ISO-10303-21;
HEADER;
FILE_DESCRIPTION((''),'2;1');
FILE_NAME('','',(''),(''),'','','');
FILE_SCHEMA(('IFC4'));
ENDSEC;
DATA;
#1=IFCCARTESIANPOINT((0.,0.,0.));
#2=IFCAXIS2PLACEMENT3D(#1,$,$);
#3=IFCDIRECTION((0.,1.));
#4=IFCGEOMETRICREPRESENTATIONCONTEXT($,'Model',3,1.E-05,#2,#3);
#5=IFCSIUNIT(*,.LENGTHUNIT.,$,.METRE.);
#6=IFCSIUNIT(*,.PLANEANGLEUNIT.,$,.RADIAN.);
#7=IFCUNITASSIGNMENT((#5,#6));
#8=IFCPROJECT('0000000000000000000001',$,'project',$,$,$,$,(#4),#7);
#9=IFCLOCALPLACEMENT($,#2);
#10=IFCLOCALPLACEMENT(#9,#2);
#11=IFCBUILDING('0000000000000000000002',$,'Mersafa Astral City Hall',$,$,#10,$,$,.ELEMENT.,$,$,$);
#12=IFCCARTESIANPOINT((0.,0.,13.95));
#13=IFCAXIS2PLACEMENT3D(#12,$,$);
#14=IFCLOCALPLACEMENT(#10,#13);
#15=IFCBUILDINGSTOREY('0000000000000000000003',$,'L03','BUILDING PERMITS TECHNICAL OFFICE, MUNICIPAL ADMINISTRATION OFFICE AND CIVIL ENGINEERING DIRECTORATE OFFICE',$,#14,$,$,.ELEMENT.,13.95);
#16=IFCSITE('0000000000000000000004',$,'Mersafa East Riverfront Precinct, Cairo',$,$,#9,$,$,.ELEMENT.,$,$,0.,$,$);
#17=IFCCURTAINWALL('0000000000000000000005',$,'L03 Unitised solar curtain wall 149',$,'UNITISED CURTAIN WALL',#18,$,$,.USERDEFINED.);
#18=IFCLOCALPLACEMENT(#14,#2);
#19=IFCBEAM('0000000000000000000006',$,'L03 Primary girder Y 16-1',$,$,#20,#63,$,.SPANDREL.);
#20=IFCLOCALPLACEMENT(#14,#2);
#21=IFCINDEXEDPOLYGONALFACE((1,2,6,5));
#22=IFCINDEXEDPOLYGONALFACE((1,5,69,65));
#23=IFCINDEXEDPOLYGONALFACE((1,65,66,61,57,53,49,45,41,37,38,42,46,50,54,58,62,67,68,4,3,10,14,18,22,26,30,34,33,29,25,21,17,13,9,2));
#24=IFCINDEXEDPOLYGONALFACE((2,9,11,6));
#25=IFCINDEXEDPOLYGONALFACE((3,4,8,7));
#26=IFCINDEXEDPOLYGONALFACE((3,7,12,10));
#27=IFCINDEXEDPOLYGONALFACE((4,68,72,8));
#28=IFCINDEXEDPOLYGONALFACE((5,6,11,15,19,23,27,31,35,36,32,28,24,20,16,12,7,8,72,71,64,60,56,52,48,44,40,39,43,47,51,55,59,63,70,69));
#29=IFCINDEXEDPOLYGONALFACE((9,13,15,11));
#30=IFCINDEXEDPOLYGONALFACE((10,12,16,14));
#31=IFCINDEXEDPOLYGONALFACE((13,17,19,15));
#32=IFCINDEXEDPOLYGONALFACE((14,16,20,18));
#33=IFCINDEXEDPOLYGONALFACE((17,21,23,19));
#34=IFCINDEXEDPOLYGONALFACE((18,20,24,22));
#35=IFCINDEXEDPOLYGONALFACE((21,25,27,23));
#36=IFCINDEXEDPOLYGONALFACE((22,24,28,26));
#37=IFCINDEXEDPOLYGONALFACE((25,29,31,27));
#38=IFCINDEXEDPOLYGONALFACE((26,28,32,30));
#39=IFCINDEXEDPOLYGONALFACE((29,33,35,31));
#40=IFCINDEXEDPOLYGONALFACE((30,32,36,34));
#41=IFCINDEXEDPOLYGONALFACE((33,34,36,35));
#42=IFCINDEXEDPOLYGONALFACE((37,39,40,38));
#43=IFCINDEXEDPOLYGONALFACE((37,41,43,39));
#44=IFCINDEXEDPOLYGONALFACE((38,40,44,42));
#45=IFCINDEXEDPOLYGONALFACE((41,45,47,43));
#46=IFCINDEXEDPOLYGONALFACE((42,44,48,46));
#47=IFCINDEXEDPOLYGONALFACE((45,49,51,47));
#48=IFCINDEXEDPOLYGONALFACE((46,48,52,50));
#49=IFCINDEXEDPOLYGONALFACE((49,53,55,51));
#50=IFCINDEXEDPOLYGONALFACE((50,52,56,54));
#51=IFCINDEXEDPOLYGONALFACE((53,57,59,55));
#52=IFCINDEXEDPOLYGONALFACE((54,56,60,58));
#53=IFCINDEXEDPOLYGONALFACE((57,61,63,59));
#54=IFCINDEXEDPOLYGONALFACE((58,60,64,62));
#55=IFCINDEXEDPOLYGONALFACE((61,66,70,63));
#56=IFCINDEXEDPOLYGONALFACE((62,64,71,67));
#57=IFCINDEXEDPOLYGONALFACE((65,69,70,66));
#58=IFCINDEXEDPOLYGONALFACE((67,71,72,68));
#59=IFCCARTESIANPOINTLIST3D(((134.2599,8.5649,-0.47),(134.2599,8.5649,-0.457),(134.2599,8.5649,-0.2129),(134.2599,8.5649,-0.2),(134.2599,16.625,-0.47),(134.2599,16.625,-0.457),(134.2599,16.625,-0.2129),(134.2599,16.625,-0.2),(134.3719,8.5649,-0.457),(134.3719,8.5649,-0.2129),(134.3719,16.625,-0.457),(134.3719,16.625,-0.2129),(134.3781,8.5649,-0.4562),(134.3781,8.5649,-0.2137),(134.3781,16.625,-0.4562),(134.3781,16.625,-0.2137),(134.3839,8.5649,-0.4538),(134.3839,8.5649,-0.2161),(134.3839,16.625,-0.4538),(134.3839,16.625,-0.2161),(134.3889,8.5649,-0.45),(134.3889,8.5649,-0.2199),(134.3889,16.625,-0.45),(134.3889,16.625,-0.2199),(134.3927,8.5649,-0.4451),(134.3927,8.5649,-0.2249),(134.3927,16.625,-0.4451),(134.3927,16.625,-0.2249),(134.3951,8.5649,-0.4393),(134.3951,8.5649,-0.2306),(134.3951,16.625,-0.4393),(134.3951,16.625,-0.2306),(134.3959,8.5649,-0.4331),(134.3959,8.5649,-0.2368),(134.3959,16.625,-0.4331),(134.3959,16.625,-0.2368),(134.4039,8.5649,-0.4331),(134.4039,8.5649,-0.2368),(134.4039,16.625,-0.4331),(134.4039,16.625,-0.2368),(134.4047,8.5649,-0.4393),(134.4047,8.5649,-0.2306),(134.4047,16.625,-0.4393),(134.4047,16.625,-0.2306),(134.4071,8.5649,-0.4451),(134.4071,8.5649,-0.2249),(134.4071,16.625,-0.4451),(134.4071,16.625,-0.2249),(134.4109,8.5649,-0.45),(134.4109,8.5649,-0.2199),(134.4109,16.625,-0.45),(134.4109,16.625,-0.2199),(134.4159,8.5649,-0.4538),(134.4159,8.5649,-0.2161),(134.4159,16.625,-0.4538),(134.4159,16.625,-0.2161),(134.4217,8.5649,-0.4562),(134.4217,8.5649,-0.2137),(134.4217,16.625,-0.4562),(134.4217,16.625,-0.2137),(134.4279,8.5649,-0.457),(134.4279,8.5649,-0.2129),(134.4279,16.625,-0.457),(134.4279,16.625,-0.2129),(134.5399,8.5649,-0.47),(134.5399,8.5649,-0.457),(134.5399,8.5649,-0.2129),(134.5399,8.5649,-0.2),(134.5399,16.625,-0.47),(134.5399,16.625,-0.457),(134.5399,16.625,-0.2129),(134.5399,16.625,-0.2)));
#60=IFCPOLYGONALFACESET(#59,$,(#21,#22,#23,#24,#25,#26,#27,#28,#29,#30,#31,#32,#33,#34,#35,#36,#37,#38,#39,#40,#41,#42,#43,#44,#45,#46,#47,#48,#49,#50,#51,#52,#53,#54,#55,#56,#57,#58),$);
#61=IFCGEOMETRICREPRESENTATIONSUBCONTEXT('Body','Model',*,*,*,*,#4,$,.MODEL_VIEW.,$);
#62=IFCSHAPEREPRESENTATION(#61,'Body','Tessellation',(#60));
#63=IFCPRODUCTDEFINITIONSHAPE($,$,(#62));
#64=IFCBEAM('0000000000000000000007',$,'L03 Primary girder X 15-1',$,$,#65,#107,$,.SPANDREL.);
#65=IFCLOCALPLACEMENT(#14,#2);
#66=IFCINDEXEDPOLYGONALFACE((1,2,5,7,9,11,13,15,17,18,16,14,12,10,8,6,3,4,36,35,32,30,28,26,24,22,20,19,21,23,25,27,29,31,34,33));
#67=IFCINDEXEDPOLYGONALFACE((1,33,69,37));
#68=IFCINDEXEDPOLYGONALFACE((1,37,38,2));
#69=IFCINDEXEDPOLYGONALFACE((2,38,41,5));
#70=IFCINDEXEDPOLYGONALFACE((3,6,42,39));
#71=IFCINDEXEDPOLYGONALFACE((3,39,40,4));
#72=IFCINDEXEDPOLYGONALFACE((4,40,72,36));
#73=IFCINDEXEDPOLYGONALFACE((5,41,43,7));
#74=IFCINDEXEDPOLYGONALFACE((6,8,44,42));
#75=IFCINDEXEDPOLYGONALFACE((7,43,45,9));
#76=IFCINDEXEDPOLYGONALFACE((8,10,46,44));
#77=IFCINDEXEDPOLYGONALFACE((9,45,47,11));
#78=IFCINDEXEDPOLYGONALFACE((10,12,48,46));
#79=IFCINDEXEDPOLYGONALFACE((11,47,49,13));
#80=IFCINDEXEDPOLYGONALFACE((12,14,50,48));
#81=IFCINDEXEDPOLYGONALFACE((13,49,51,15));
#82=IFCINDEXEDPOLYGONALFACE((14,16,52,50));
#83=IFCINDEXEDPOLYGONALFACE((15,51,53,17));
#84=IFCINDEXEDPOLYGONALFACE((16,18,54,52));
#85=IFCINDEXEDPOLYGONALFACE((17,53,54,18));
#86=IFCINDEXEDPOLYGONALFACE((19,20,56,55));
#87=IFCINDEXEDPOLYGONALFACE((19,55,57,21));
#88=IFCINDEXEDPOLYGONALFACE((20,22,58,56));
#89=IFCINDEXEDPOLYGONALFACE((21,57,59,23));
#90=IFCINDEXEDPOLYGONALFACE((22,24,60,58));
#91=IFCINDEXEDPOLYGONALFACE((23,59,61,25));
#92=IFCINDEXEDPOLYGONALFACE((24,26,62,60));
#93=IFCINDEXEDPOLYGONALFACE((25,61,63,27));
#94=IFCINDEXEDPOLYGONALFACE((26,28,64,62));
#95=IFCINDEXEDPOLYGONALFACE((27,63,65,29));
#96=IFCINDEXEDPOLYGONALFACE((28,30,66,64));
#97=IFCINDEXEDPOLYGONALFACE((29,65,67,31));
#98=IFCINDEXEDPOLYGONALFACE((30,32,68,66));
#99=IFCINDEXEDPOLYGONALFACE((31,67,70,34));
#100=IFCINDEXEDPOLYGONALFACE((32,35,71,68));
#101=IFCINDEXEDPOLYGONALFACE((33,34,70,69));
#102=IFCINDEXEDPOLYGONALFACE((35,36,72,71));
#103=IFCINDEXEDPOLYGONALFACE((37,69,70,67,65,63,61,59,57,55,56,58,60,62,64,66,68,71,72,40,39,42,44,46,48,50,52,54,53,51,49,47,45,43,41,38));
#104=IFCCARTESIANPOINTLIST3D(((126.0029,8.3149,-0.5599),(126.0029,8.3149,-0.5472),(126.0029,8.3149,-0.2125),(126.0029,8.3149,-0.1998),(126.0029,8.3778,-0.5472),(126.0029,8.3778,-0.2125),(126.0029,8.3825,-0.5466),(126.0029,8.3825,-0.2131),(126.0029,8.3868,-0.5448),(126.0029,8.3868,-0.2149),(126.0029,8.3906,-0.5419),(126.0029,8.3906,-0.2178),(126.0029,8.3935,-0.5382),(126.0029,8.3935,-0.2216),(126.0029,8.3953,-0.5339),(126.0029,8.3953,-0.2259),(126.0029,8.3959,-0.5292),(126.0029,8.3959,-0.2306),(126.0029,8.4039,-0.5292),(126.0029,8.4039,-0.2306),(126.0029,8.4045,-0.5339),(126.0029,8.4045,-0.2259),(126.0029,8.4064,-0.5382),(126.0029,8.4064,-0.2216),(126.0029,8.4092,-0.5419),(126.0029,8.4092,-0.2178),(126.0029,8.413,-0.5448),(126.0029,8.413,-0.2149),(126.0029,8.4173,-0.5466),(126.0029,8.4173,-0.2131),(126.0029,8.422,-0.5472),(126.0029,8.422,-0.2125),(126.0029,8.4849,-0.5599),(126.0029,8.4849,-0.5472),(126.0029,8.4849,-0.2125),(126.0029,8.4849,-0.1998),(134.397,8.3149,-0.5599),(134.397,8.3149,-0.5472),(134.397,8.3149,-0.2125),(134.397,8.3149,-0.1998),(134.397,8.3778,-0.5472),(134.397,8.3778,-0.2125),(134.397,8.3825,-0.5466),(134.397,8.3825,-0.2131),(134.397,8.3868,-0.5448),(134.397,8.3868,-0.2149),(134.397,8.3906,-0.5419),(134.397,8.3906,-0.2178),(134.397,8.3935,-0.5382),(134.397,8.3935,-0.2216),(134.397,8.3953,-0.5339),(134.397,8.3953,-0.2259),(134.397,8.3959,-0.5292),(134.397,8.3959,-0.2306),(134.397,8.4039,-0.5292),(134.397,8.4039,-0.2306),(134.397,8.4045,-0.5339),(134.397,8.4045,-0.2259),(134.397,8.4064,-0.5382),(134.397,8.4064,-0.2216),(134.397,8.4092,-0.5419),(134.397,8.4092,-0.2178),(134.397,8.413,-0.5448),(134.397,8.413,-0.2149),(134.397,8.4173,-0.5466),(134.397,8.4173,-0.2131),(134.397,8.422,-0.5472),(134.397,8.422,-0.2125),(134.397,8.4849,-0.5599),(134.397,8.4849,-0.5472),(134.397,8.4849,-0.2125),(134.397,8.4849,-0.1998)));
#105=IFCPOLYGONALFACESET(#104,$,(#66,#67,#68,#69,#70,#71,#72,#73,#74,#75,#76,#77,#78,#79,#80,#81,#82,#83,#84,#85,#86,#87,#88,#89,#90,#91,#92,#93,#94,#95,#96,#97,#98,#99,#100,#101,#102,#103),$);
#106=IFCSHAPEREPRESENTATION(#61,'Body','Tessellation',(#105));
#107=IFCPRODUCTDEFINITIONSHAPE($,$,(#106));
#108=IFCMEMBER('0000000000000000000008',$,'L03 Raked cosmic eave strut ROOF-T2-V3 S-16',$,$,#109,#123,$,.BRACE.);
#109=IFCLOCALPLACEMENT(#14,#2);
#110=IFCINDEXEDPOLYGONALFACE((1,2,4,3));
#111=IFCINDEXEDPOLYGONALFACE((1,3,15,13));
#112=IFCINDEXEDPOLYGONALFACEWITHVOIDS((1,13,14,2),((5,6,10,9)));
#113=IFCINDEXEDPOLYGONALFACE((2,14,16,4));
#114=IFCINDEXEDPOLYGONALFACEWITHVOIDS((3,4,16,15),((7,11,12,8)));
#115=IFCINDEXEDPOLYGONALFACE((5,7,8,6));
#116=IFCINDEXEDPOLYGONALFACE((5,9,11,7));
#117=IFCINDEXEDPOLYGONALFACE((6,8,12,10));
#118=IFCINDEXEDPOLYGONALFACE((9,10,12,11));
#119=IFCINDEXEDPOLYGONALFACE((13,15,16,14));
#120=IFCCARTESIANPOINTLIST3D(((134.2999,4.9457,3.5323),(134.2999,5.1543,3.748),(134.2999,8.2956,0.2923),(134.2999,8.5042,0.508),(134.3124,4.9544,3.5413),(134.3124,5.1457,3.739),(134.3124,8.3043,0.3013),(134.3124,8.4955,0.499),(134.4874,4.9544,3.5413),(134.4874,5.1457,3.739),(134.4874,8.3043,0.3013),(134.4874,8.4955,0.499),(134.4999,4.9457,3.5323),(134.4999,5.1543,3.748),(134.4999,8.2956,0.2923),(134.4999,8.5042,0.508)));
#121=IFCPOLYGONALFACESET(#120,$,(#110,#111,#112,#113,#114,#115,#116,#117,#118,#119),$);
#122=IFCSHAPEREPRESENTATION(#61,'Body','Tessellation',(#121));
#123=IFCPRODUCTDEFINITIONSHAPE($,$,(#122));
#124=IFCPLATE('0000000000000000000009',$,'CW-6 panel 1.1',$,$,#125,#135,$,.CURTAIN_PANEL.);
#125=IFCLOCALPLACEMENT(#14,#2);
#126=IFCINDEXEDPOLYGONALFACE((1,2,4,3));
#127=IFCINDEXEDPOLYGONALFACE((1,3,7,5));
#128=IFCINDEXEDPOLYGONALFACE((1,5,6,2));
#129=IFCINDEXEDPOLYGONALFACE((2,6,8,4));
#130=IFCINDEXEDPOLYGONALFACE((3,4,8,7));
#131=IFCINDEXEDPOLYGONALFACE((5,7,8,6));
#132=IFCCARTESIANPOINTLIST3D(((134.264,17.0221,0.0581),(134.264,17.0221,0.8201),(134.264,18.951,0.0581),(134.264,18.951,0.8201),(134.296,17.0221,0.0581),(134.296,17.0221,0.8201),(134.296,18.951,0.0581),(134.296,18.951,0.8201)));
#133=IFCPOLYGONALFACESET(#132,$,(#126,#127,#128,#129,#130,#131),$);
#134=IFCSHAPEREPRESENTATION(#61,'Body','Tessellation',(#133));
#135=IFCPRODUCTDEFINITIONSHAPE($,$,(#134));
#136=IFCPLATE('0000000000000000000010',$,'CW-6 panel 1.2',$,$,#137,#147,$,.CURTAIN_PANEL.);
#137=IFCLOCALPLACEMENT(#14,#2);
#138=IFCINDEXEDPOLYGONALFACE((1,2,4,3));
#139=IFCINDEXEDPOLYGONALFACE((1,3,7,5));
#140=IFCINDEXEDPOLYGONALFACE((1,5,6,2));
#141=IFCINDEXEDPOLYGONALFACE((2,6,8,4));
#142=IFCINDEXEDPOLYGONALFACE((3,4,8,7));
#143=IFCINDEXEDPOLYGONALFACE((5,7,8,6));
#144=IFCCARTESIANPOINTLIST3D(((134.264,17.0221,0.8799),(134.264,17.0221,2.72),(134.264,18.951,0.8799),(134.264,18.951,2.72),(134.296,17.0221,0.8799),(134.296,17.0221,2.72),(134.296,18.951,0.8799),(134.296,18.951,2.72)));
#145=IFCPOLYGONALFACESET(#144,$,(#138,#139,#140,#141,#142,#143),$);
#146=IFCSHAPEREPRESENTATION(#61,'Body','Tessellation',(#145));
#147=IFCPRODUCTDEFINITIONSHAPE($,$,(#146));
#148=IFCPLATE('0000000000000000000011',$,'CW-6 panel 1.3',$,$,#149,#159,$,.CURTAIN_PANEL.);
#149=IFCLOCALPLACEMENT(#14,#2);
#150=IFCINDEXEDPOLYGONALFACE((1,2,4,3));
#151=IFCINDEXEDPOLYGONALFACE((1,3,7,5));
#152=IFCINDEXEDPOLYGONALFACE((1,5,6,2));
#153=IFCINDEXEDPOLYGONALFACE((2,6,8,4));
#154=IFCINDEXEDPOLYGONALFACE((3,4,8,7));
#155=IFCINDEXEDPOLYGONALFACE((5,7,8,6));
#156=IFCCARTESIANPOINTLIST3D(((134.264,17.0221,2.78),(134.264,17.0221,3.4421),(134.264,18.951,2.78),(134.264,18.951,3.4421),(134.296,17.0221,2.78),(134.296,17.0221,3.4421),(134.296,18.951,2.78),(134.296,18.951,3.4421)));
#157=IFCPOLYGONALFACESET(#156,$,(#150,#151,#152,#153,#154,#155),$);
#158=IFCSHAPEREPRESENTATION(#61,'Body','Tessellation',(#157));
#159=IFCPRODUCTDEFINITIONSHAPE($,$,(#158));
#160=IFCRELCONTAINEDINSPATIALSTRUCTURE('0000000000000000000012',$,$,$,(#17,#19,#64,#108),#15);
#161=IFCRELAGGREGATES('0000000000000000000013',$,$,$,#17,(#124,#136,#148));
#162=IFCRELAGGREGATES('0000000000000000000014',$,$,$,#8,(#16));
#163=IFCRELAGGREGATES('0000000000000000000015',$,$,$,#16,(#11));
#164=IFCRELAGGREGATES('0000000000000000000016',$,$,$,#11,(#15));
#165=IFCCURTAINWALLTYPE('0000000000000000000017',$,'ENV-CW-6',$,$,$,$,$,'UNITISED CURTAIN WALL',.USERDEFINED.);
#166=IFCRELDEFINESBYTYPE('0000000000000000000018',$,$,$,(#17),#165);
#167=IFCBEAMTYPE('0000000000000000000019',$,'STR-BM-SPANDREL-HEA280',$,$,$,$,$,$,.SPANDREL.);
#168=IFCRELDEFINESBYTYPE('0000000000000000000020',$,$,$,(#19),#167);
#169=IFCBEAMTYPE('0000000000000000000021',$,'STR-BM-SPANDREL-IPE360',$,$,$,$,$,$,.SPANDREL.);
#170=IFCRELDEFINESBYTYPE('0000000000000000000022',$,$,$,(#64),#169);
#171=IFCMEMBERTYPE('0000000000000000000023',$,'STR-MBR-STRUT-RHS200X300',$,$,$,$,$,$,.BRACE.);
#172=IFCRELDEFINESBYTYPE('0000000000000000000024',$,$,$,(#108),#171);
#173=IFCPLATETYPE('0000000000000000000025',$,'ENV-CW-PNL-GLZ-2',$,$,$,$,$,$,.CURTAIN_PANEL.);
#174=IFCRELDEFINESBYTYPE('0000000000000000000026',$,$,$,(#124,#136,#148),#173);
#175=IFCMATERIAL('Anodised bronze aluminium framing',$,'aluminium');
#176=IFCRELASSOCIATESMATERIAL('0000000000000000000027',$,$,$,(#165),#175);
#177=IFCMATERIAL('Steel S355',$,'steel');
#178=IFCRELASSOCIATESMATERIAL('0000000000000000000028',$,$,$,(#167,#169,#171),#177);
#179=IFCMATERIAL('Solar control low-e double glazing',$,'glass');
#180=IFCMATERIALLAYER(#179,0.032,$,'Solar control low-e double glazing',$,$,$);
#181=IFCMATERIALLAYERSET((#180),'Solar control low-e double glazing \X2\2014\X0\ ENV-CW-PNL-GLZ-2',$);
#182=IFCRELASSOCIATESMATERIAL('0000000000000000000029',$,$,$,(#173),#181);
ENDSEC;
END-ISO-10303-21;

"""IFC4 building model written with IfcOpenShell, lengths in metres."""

from ifc_helpers import new_model, si_unit, direction, frame, origin, origin_2d, place, context, subcontext, project, spatial, rectangle, hollow_rectangle, i_section, extrude, material, layer, layer_set, material_profile, profile_set, type_object, element, aggregate, save


model = new_model("IFC4")

# Units and contexts
model_context = context("Model", 3, precision=1e-05, world=origin(), true_north=direction((0.0, 1.0)))
body_context = subcontext(model_context, "Body", "Model", "MODEL_VIEW")
ifc_project = project(units=[si_unit("LENGTHUNIT", "METRE"), si_unit("PLANEANGLEUNIT", "RADIAN")], contexts=[model_context])

# Site, building, storey
site_placement = place(None, origin())
site = spatial("IfcSite", under=ifc_project, at=site_placement, Name="Mersafa East Riverfront Precinct, Cairo", CompositionType="ELEMENT", RefElevation=0.0)
building_placement = place(site_placement, origin())
building = spatial("IfcBuilding", under=site, at=building_placement, Name="Mersafa Astral City Hall", CompositionType="ELEMENT")
storey_placement = place(building_placement, frame((0.0, 0.0, 13.95)))
storey = spatial("IfcBuildingStorey", under=building, at=storey_placement, Name="L03", Description="BUILDING PERMITS TECHNICAL OFFICE, MUNICIPAL ADMINISTRATION OFFICE AND CIVIL ENGINEERING DIRECTORATE OFFICE", CompositionType="ELEMENT", Elevation=13.95)

# Shared definitions
ifc_material_1 = material(Name="Steel S355", Category="steel")

# Curtain wall
ifc_material_2 = material(Name="Anodised bronze aluminium framing", Category="aluminium")
curtain_wall_type = type_object("IfcCurtainWallType", Name="ENV-CW-6", ElementType="UNITISED CURTAIN WALL", PredefinedType="USERDEFINED", material=ifc_material_2)
curtain_wall_placement = place(storey_placement, origin())
curtain_wall = element("IfcCurtainWall", 1, at=curtain_wall_placement, inside=storey, type_object=curtain_wall_type, Name="L03 Unitised solar curtain wall 149", ObjectType="UNITISED CURTAIN WALL", PredefinedType="USERDEFINED")

# Beams
ifc_material_profile_1 = material_profile(ifc_material_1, i_section(OverallWidth=0.28, OverallDepth=0.27, WebThickness=0.0081, FlangeThickness=0.0129, FilletRadius=0.0239, at=origin_2d()), Name="HEA 280")
ifc_profile_set_1 = profile_set([ifc_material_profile_1], Name="Steel S355")
beam_type_1 = type_object("IfcBeamType", Name="STR-BM-SPANDREL-HEA280", PredefinedType="SPANDREL", material=ifc_profile_set_1)
beam_1_placement = place(storey_placement, frame((134.3999, 8.5649, -0.335), z_axis=(0.0, 1.0, 0.0), x_axis=(-1.0, 0.0, 0.0)))
element("IfcBeam", 2, at=beam_1_placement, inside=storey, type_object=beam_type_1, Name="L03 Primary girder Y 16-1", PredefinedType="SPANDREL", context=body_context, shape_type="SweptSolid", body=[
    extrude(i_section(OverallWidth=0.28, OverallDepth=0.27, WebThickness=0.0081, FlangeThickness=0.0129, FilletRadius=0.0239, at=origin_2d()), origin(), (0.0, 0.0, 1.0), 8.0601),
])
ifc_material_profile_2 = material_profile(ifc_material_1, i_section(OverallWidth=0.1699, OverallDepth=0.3601, WebThickness=0.0081, FlangeThickness=0.0127, FilletRadius=0.0181, at=origin_2d()), Name="IPE 360")
ifc_profile_set_2 = profile_set([ifc_material_profile_2], Name="Steel S355")
beam_type_2 = type_object("IfcBeamType", Name="STR-BM-SPANDREL-IPE360", PredefinedType="SPANDREL", material=ifc_profile_set_2)
beam_2_placement = place(storey_placement, frame((126.0029, 8.3999, -0.3799), z_axis=(1.0, 0.0, 0.0), x_axis=(0.0, 1.0, 0.0)))
element("IfcBeam", 3, at=beam_2_placement, inside=storey, type_object=beam_type_2, Name="L03 Primary girder X 15-1", PredefinedType="SPANDREL", context=body_context, shape_type="SweptSolid", body=[
    extrude(i_section(OverallWidth=0.1699, OverallDepth=0.3601, WebThickness=0.0081, FlangeThickness=0.0127, FilletRadius=0.0181, at=origin_2d()), origin(), (0.0, 0.0, 1.0), 8.394),
])

# Member
ifc_material_profile_3 = material_profile(ifc_material_1, hollow_rectangle(XDim=0.2, YDim=0.3, WallThickness=0.0125, at=origin_2d()), Name="RHS 200x300x12.5")
ifc_profile_set_3 = profile_set([ifc_material_profile_3], Name="Steel S355")
member_type_1 = type_object("IfcMemberType", Name="STR-MBR-STRUT-RHS200X300", PredefinedType="BRACE", material=ifc_profile_set_3)
member_1_placement = place(storey_placement, frame((134.3999, 8.3999, 0.4001), z_axis=(0.0, -0.718796, 0.695222), x_axis=(1.0, 0.0, 0.0)))
element("IfcMember", 4, at=member_1_placement, inside=storey, type_object=member_type_1, Name="L03 Raked cosmic eave strut ROOF-T2-V3 S-16", PredefinedType="BRACE", context=body_context, shape_type="SweptSolid", body=[
    extrude(hollow_rectangle(XDim=0.2, YDim=0.3, WallThickness=0.0125, at=origin_2d()), origin(), (0.0, 0.0, 1.0), 4.6604),
])

# Plates
ifc_material_3 = material(Name="Solar control low-e double glazing", Category="glass")
ifc_layer_1 = layer(ifc_material_3, 0.032, Name="Solar control low-e double glazing")
ifc_layer_set_1 = layer_set([ifc_layer_1], Name="Solar control low-e double glazing — ENV-CW-PNL-GLZ-2")
plate_type = type_object("IfcPlateType", Name="ENV-CW-PNL-GLZ-2", PredefinedType="CURTAIN_PANEL", material=ifc_layer_set_1)
plate_1_placement = place(storey_placement, frame((134.28, 17.9866, 0.0581), z_axis=(0.0, 0.0, 1.0), x_axis=(0.0, 1.0, 0.0)))
plate_1 = element("IfcPlate", 5, at=plate_1_placement, type_object=plate_type, Name="CW-6 panel 1.1", PredefinedType="CURTAIN_PANEL", context=body_context, shape_type="SweptSolid", body=[
    extrude(rectangle(XDim=1.929, YDim=0.032, at=origin_2d()), origin(), (0.0, 0.0, 1.0), 0.762),
])
plate_2_placement = place(storey_placement, frame((134.28, 17.9866, 0.8799), z_axis=(0.0, 0.0, 1.0), x_axis=(0.0, 1.0, 0.0)))
plate_2 = element("IfcPlate", 6, at=plate_2_placement, type_object=plate_type, Name="CW-6 panel 1.2", PredefinedType="CURTAIN_PANEL", context=body_context, shape_type="SweptSolid", body=[
    extrude(rectangle(XDim=1.929, YDim=0.032, at=origin_2d()), origin(), (0.0, 0.0, 1.0), 1.8401),
])
plate_3_placement = place(storey_placement, frame((134.28, 17.9866, 2.78), z_axis=(0.0, 0.0, 1.0), x_axis=(0.0, 1.0, 0.0)))
plate_3 = element("IfcPlate", 7, at=plate_3_placement, type_object=plate_type, Name="CW-6 panel 1.3", PredefinedType="CURTAIN_PANEL", context=body_context, shape_type="SweptSolid", body=[
    extrude(rectangle(XDim=1.929, YDim=0.032, at=origin_2d()), origin(), (0.0, 0.0, 1.0), 0.6621),
])
aggregate(curtain_wall, [plate_1, plate_2, plate_3])

save(model, "model.ifc")
